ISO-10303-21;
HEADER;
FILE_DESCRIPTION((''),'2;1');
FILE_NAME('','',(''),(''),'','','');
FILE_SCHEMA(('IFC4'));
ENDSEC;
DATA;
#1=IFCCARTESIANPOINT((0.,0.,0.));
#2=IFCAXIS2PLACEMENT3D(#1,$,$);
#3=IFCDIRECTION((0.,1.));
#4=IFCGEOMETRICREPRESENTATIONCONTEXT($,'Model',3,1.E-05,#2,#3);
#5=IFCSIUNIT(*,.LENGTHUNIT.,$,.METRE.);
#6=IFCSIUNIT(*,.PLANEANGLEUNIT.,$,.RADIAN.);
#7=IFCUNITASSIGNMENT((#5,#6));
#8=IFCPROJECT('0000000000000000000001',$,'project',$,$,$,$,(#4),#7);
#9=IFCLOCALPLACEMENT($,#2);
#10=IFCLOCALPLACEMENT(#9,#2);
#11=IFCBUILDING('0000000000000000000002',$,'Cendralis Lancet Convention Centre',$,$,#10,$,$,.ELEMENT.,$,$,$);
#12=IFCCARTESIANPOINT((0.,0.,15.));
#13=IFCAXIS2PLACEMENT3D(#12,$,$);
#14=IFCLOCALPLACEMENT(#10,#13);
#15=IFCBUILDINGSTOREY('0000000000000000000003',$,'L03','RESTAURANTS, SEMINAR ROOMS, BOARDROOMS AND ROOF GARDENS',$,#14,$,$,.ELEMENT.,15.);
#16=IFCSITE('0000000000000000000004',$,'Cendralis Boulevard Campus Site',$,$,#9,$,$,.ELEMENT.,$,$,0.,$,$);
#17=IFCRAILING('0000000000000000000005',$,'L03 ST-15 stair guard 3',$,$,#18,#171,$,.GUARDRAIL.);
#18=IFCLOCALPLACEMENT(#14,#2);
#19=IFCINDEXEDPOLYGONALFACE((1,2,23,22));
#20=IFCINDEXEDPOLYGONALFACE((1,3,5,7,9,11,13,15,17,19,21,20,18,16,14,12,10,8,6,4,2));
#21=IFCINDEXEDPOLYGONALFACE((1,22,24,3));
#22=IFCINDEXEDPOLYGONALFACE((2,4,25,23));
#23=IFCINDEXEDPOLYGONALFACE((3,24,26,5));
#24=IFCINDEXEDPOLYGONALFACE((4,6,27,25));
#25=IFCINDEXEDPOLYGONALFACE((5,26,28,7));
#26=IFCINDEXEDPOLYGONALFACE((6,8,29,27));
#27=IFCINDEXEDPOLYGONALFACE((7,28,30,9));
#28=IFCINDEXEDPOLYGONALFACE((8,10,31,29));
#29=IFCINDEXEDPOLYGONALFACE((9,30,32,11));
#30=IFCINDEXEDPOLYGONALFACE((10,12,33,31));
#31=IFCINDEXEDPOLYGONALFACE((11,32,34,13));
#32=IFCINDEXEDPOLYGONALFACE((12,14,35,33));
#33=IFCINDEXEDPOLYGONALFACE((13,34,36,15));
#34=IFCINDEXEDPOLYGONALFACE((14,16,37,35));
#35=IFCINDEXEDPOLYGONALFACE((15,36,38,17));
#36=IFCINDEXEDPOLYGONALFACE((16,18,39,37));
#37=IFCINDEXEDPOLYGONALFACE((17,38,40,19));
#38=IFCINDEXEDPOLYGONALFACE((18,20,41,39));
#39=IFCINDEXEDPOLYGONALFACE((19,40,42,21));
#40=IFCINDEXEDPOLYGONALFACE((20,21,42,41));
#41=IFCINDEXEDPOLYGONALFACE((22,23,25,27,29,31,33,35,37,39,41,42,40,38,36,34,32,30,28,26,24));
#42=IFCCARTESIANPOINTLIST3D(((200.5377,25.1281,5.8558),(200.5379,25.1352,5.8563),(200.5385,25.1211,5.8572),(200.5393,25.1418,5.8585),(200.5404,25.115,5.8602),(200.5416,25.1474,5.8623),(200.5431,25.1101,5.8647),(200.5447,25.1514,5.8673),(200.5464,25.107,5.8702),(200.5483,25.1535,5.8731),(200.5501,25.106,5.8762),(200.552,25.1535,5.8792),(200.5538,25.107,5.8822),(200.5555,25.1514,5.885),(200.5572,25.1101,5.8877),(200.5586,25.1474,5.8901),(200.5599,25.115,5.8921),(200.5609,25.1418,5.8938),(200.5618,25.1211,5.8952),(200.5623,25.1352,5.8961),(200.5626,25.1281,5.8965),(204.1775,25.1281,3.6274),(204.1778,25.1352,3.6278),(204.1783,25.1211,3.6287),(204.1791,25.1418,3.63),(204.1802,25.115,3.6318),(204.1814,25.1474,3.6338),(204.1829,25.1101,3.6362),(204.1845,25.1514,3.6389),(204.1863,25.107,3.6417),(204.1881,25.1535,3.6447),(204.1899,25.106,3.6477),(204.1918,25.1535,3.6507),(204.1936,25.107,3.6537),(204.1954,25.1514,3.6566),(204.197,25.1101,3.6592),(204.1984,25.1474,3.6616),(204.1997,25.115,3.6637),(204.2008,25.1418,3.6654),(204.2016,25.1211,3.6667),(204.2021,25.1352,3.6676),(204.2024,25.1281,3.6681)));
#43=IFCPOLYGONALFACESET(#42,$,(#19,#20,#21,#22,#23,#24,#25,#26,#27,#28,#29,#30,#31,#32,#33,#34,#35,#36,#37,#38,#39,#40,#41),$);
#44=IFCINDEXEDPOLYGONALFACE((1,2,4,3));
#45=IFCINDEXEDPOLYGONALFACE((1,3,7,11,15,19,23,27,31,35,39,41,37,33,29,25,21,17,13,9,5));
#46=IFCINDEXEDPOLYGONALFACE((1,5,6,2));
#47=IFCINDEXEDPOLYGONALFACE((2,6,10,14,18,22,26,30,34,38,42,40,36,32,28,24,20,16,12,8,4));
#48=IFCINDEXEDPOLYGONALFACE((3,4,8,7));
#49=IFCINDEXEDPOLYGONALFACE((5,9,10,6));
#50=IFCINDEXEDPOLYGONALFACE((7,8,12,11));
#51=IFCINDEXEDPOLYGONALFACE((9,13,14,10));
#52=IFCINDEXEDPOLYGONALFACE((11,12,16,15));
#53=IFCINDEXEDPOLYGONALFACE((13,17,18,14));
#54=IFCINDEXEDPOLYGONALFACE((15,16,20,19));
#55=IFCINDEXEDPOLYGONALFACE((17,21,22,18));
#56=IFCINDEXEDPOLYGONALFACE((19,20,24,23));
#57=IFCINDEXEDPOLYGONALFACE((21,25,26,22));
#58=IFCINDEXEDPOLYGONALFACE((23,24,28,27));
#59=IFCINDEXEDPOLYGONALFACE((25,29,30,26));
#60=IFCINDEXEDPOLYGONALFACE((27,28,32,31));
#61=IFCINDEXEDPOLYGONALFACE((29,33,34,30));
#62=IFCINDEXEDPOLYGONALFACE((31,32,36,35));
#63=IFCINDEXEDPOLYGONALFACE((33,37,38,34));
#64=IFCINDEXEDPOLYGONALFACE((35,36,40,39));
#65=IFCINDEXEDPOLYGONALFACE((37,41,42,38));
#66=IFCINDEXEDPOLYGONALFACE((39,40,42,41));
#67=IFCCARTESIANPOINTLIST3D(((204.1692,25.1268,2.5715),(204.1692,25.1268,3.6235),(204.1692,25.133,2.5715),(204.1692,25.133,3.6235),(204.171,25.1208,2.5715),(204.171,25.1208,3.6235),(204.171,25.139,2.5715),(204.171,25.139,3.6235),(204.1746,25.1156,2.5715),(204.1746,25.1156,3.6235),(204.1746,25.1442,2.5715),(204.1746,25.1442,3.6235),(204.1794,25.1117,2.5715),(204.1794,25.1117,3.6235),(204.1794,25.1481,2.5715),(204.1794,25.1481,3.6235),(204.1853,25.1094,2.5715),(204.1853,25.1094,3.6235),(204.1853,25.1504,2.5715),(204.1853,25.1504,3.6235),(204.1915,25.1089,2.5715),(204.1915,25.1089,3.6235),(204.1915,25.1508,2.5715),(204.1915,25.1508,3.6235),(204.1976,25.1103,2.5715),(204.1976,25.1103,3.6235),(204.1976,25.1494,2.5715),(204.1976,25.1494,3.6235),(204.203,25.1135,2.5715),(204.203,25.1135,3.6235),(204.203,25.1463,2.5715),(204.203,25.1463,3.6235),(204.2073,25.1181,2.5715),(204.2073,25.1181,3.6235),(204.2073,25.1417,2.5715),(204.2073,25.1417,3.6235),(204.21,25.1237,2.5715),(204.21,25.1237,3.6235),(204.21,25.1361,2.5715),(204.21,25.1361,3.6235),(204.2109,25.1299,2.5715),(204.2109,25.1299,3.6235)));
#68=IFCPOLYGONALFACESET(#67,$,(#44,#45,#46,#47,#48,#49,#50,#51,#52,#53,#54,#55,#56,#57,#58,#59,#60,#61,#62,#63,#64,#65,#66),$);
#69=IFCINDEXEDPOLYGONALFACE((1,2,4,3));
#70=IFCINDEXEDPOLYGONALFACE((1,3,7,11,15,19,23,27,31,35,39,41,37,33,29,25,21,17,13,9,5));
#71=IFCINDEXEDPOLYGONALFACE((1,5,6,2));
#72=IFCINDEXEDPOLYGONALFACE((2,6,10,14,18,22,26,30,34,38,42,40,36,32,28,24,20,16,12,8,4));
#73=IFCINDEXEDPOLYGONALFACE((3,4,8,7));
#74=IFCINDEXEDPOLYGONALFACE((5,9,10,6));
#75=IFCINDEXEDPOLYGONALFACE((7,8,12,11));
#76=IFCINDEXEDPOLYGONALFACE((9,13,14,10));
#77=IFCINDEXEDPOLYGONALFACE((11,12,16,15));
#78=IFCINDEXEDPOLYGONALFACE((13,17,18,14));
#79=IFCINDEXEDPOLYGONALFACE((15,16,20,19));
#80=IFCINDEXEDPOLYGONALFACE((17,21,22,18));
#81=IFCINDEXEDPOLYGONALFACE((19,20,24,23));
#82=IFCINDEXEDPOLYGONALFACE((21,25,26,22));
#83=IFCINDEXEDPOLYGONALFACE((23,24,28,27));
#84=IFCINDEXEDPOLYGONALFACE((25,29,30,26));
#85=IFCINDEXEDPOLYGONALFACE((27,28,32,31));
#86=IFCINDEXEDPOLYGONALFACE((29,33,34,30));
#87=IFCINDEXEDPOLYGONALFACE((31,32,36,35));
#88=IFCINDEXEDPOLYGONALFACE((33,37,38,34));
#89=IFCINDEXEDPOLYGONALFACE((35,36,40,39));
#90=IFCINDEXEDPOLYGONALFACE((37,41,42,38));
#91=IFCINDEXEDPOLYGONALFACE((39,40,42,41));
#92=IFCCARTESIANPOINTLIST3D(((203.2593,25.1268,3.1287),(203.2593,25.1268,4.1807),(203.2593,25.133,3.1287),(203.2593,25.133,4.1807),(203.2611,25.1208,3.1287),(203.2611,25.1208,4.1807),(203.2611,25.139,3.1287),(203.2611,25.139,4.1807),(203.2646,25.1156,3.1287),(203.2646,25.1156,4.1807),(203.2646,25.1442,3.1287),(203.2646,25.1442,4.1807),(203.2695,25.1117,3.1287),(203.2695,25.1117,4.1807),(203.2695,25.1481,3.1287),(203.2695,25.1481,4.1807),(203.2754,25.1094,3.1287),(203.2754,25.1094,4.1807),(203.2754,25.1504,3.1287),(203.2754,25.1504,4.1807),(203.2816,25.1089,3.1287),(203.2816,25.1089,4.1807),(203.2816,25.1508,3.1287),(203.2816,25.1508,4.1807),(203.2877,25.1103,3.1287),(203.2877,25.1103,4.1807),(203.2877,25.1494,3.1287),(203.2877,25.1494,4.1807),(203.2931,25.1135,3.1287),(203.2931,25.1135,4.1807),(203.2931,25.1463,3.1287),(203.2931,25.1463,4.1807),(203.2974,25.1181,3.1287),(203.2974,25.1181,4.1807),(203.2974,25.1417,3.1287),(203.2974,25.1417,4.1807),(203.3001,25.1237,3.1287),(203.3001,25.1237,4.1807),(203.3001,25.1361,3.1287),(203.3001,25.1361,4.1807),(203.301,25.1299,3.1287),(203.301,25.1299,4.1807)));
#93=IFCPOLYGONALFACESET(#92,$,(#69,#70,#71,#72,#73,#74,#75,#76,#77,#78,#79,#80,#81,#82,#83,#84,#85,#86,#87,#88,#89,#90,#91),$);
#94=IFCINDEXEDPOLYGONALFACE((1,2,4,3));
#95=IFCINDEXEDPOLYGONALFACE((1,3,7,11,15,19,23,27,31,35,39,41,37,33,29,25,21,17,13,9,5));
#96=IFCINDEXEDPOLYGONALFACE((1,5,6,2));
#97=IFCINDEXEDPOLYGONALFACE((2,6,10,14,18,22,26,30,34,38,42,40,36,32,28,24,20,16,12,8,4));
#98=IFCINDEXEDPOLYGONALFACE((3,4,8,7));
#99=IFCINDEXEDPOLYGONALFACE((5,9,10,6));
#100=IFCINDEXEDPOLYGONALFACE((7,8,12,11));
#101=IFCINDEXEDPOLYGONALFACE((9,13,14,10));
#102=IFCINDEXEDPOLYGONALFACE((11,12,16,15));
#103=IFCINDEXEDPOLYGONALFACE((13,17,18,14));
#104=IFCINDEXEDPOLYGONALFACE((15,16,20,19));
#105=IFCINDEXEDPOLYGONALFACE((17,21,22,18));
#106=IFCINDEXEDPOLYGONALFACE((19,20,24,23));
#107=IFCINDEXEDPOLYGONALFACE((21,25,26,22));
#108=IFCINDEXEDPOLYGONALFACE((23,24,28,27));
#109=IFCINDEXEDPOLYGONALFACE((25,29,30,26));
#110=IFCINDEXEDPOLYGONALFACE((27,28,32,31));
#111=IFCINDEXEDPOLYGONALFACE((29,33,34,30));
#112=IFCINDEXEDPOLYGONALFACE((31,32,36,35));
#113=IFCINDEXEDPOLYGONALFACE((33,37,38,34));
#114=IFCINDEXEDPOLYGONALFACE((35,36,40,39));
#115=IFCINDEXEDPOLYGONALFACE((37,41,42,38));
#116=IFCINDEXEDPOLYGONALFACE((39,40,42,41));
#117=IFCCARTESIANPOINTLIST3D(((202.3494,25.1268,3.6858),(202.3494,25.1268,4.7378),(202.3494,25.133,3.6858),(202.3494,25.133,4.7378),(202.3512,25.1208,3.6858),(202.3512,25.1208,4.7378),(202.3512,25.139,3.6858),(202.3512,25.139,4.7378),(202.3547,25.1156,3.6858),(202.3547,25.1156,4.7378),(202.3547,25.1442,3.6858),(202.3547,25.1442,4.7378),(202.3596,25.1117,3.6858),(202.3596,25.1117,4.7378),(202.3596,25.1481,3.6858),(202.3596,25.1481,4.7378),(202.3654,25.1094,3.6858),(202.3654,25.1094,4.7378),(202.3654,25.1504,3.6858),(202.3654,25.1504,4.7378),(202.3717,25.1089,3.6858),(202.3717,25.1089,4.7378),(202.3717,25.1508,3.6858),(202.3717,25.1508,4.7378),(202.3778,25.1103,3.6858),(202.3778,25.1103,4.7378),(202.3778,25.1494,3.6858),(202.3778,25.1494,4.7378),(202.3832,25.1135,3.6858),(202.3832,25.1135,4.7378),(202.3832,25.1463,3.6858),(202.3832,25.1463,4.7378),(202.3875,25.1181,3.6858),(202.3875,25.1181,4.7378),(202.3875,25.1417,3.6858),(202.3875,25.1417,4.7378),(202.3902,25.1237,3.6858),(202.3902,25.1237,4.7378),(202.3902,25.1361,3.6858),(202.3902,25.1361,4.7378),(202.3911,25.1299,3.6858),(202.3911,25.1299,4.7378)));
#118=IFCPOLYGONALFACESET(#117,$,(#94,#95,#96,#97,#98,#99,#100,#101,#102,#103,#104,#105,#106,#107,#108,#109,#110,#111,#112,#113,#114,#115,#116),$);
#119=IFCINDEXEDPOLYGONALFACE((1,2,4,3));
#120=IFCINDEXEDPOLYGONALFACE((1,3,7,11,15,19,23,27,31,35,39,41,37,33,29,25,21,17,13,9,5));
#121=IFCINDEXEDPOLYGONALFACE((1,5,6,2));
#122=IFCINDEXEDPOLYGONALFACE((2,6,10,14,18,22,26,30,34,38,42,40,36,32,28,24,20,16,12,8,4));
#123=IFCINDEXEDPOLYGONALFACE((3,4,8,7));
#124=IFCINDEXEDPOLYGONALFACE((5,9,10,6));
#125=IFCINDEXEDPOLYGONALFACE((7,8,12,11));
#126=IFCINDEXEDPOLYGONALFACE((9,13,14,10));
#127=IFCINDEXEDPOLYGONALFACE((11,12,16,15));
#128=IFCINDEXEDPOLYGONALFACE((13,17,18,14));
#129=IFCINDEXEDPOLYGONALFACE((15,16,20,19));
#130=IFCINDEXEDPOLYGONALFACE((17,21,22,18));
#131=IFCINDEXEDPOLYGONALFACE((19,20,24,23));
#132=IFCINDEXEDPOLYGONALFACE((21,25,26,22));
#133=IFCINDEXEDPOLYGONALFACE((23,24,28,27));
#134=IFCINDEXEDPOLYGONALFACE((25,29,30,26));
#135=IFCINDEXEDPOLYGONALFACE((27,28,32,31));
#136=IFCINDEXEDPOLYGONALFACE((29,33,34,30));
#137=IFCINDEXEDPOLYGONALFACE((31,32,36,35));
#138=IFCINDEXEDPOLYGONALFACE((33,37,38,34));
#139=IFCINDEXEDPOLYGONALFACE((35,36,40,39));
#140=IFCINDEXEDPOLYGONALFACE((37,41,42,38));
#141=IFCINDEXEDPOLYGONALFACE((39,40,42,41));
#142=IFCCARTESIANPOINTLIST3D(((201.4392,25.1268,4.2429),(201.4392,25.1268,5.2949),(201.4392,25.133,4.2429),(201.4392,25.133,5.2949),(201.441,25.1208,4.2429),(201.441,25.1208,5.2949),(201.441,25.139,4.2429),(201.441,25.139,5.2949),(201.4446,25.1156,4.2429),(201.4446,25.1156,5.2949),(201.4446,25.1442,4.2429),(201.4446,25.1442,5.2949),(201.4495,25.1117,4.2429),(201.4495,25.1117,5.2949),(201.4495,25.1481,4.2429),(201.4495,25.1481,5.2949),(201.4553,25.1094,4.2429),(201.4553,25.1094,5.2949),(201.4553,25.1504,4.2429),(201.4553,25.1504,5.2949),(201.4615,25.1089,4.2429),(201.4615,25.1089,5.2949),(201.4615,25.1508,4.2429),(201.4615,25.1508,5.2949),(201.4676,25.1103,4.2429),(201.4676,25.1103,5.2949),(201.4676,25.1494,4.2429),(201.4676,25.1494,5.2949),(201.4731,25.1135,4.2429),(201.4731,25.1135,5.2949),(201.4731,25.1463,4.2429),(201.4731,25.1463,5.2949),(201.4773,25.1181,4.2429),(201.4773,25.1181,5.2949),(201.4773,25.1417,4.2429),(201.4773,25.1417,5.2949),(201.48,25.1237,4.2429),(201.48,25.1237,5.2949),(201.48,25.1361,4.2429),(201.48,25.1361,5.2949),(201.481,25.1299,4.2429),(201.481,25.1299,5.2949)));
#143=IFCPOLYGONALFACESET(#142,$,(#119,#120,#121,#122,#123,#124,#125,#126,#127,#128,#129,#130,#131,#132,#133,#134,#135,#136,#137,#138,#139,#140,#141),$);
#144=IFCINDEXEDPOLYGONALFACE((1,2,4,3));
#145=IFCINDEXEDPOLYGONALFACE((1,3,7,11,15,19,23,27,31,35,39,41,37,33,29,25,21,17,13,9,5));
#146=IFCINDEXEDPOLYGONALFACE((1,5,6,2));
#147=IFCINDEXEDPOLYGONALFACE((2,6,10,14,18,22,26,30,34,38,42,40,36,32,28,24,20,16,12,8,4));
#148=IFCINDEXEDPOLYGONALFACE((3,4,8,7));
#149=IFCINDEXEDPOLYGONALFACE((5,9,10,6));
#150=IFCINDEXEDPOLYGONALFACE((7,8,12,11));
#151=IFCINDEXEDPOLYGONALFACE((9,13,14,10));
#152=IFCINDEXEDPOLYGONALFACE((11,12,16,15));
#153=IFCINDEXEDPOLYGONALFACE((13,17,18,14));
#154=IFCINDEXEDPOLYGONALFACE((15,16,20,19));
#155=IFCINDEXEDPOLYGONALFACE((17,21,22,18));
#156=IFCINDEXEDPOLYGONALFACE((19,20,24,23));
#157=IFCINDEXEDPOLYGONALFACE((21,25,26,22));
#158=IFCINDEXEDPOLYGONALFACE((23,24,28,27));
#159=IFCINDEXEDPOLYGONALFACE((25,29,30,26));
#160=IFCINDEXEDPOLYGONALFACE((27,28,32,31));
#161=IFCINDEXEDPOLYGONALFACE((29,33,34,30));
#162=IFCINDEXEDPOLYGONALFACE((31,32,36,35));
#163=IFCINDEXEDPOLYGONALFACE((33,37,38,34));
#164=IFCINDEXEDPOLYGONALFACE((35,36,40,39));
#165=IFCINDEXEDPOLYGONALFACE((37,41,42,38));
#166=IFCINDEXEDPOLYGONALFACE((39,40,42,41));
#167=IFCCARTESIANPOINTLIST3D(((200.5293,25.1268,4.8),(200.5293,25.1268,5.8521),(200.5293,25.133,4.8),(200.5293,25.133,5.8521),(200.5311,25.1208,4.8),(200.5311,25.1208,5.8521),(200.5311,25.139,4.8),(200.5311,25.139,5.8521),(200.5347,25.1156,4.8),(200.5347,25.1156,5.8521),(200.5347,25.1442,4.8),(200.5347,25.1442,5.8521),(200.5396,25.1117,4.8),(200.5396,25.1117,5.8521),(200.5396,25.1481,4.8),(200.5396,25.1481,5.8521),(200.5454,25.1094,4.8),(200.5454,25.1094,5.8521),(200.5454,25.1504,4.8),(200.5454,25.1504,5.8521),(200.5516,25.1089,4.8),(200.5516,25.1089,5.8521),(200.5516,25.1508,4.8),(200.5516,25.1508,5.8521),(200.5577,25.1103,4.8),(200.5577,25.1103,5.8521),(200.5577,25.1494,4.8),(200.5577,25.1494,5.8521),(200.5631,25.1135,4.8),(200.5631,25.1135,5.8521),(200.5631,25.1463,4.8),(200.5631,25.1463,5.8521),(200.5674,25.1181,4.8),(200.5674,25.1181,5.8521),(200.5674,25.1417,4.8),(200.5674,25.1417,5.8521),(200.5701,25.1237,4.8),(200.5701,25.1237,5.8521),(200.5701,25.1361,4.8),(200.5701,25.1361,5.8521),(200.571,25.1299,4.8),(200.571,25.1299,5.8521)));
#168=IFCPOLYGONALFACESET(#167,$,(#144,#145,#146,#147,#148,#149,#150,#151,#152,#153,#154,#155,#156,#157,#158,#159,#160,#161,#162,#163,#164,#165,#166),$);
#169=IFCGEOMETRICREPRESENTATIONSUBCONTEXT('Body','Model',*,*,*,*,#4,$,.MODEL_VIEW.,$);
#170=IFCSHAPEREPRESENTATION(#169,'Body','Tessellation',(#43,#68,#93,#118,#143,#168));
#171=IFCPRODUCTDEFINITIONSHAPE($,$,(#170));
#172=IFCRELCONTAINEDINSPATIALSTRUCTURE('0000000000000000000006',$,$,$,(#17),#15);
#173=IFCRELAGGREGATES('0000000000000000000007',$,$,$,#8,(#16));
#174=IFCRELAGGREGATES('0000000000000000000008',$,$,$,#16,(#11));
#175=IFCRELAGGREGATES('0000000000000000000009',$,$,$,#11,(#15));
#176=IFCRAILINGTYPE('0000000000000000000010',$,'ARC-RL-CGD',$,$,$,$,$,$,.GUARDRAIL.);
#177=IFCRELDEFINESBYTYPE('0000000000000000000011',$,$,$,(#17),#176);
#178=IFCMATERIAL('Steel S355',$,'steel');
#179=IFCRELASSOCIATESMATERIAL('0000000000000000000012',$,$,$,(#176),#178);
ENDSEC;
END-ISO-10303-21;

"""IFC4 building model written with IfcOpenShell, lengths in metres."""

from ifc_helpers import new_model, si_unit, direction, frame, origin, origin_2d, place, context, subcontext, project, spatial, circle, extrude, material, type_object, element, save


model = new_model("IFC4")

# Units and contexts
model_context = context("Model", 3, precision=1e-05, world=origin(), true_north=direction((0.0, 1.0)))
body_context = subcontext(model_context, "Body", "Model", "MODEL_VIEW")
ifc_project = project(units=[si_unit("LENGTHUNIT", "METRE"), si_unit("PLANEANGLEUNIT", "RADIAN")], contexts=[model_context])

# Site, building, storey
site_placement = place(None, origin())
site = spatial("IfcSite", under=ifc_project, at=site_placement, Name="Cendralis Boulevard Campus Site", CompositionType="ELEMENT", RefElevation=0.0)
building_placement = place(site_placement, origin())
building = spatial("IfcBuilding", under=site, at=building_placement, Name="Cendralis Lancet Convention Centre", CompositionType="ELEMENT")
storey_placement = place(building_placement, frame((0.0, 0.0, 15.0)))
storey = spatial("IfcBuildingStorey", under=building, at=storey_placement, Name="L03", Description="RESTAURANTS, SEMINAR ROOMS, BOARDROOMS AND ROOF GARDENS", CompositionType="ELEMENT", Elevation=15.0)

# Shared definitions
ifc_material_1 = material(Name="Steel S355", Category="steel")

# Railing
railing_type_1 = type_object("IfcRailingType", Name="ARC-RL-CGD", PredefinedType="GUARDRAIL", material=ifc_material_1)
railing_1_placement = place(storey_placement, frame((204.1899, 25.1299, 2.5715)))
element("IfcRailing", 1, at=railing_1_placement, inside=storey, type_object=railing_type_1, Name="L03 ST-15 stair guard 3", PredefinedType="GUARDRAIL", context=body_context, shape_type="SweptSolid", body=[
    extrude(circle(Radius=0.0239, at=origin_2d()), frame((0.0, 0.0, 1.0762), z_axis=(-0.85285, 0.0, 0.522156), x_axis=(0.0, -1.0, 0.0)), (0.0, 0.0, 1.0), 4.2678),
    extrude(circle(Radius=0.021, at=origin_2d()), origin(), (0.0, 0.0, 1.0), 1.052),
    extrude(circle(Radius=0.021, at=origin_2d()), frame((-0.9099, 0.0, 0.5571)), (0.0, 0.0, 1.0), 1.052),
    extrude(circle(Radius=0.021, at=origin_2d()), frame((-1.8198, 0.0, 1.1143)), (0.0, 0.0, 1.0), 1.052),
    extrude(circle(Radius=0.021, at=origin_2d()), frame((-2.73, 0.0, 1.6714)), (0.0, 0.0, 1.0), 1.052),
    extrude(circle(Radius=0.021, at=origin_2d()), frame((-3.6399, 0.0, 2.2285)), (0.0, 0.0, 1.0), 1.052),
])

save(model, "model.ifc")
